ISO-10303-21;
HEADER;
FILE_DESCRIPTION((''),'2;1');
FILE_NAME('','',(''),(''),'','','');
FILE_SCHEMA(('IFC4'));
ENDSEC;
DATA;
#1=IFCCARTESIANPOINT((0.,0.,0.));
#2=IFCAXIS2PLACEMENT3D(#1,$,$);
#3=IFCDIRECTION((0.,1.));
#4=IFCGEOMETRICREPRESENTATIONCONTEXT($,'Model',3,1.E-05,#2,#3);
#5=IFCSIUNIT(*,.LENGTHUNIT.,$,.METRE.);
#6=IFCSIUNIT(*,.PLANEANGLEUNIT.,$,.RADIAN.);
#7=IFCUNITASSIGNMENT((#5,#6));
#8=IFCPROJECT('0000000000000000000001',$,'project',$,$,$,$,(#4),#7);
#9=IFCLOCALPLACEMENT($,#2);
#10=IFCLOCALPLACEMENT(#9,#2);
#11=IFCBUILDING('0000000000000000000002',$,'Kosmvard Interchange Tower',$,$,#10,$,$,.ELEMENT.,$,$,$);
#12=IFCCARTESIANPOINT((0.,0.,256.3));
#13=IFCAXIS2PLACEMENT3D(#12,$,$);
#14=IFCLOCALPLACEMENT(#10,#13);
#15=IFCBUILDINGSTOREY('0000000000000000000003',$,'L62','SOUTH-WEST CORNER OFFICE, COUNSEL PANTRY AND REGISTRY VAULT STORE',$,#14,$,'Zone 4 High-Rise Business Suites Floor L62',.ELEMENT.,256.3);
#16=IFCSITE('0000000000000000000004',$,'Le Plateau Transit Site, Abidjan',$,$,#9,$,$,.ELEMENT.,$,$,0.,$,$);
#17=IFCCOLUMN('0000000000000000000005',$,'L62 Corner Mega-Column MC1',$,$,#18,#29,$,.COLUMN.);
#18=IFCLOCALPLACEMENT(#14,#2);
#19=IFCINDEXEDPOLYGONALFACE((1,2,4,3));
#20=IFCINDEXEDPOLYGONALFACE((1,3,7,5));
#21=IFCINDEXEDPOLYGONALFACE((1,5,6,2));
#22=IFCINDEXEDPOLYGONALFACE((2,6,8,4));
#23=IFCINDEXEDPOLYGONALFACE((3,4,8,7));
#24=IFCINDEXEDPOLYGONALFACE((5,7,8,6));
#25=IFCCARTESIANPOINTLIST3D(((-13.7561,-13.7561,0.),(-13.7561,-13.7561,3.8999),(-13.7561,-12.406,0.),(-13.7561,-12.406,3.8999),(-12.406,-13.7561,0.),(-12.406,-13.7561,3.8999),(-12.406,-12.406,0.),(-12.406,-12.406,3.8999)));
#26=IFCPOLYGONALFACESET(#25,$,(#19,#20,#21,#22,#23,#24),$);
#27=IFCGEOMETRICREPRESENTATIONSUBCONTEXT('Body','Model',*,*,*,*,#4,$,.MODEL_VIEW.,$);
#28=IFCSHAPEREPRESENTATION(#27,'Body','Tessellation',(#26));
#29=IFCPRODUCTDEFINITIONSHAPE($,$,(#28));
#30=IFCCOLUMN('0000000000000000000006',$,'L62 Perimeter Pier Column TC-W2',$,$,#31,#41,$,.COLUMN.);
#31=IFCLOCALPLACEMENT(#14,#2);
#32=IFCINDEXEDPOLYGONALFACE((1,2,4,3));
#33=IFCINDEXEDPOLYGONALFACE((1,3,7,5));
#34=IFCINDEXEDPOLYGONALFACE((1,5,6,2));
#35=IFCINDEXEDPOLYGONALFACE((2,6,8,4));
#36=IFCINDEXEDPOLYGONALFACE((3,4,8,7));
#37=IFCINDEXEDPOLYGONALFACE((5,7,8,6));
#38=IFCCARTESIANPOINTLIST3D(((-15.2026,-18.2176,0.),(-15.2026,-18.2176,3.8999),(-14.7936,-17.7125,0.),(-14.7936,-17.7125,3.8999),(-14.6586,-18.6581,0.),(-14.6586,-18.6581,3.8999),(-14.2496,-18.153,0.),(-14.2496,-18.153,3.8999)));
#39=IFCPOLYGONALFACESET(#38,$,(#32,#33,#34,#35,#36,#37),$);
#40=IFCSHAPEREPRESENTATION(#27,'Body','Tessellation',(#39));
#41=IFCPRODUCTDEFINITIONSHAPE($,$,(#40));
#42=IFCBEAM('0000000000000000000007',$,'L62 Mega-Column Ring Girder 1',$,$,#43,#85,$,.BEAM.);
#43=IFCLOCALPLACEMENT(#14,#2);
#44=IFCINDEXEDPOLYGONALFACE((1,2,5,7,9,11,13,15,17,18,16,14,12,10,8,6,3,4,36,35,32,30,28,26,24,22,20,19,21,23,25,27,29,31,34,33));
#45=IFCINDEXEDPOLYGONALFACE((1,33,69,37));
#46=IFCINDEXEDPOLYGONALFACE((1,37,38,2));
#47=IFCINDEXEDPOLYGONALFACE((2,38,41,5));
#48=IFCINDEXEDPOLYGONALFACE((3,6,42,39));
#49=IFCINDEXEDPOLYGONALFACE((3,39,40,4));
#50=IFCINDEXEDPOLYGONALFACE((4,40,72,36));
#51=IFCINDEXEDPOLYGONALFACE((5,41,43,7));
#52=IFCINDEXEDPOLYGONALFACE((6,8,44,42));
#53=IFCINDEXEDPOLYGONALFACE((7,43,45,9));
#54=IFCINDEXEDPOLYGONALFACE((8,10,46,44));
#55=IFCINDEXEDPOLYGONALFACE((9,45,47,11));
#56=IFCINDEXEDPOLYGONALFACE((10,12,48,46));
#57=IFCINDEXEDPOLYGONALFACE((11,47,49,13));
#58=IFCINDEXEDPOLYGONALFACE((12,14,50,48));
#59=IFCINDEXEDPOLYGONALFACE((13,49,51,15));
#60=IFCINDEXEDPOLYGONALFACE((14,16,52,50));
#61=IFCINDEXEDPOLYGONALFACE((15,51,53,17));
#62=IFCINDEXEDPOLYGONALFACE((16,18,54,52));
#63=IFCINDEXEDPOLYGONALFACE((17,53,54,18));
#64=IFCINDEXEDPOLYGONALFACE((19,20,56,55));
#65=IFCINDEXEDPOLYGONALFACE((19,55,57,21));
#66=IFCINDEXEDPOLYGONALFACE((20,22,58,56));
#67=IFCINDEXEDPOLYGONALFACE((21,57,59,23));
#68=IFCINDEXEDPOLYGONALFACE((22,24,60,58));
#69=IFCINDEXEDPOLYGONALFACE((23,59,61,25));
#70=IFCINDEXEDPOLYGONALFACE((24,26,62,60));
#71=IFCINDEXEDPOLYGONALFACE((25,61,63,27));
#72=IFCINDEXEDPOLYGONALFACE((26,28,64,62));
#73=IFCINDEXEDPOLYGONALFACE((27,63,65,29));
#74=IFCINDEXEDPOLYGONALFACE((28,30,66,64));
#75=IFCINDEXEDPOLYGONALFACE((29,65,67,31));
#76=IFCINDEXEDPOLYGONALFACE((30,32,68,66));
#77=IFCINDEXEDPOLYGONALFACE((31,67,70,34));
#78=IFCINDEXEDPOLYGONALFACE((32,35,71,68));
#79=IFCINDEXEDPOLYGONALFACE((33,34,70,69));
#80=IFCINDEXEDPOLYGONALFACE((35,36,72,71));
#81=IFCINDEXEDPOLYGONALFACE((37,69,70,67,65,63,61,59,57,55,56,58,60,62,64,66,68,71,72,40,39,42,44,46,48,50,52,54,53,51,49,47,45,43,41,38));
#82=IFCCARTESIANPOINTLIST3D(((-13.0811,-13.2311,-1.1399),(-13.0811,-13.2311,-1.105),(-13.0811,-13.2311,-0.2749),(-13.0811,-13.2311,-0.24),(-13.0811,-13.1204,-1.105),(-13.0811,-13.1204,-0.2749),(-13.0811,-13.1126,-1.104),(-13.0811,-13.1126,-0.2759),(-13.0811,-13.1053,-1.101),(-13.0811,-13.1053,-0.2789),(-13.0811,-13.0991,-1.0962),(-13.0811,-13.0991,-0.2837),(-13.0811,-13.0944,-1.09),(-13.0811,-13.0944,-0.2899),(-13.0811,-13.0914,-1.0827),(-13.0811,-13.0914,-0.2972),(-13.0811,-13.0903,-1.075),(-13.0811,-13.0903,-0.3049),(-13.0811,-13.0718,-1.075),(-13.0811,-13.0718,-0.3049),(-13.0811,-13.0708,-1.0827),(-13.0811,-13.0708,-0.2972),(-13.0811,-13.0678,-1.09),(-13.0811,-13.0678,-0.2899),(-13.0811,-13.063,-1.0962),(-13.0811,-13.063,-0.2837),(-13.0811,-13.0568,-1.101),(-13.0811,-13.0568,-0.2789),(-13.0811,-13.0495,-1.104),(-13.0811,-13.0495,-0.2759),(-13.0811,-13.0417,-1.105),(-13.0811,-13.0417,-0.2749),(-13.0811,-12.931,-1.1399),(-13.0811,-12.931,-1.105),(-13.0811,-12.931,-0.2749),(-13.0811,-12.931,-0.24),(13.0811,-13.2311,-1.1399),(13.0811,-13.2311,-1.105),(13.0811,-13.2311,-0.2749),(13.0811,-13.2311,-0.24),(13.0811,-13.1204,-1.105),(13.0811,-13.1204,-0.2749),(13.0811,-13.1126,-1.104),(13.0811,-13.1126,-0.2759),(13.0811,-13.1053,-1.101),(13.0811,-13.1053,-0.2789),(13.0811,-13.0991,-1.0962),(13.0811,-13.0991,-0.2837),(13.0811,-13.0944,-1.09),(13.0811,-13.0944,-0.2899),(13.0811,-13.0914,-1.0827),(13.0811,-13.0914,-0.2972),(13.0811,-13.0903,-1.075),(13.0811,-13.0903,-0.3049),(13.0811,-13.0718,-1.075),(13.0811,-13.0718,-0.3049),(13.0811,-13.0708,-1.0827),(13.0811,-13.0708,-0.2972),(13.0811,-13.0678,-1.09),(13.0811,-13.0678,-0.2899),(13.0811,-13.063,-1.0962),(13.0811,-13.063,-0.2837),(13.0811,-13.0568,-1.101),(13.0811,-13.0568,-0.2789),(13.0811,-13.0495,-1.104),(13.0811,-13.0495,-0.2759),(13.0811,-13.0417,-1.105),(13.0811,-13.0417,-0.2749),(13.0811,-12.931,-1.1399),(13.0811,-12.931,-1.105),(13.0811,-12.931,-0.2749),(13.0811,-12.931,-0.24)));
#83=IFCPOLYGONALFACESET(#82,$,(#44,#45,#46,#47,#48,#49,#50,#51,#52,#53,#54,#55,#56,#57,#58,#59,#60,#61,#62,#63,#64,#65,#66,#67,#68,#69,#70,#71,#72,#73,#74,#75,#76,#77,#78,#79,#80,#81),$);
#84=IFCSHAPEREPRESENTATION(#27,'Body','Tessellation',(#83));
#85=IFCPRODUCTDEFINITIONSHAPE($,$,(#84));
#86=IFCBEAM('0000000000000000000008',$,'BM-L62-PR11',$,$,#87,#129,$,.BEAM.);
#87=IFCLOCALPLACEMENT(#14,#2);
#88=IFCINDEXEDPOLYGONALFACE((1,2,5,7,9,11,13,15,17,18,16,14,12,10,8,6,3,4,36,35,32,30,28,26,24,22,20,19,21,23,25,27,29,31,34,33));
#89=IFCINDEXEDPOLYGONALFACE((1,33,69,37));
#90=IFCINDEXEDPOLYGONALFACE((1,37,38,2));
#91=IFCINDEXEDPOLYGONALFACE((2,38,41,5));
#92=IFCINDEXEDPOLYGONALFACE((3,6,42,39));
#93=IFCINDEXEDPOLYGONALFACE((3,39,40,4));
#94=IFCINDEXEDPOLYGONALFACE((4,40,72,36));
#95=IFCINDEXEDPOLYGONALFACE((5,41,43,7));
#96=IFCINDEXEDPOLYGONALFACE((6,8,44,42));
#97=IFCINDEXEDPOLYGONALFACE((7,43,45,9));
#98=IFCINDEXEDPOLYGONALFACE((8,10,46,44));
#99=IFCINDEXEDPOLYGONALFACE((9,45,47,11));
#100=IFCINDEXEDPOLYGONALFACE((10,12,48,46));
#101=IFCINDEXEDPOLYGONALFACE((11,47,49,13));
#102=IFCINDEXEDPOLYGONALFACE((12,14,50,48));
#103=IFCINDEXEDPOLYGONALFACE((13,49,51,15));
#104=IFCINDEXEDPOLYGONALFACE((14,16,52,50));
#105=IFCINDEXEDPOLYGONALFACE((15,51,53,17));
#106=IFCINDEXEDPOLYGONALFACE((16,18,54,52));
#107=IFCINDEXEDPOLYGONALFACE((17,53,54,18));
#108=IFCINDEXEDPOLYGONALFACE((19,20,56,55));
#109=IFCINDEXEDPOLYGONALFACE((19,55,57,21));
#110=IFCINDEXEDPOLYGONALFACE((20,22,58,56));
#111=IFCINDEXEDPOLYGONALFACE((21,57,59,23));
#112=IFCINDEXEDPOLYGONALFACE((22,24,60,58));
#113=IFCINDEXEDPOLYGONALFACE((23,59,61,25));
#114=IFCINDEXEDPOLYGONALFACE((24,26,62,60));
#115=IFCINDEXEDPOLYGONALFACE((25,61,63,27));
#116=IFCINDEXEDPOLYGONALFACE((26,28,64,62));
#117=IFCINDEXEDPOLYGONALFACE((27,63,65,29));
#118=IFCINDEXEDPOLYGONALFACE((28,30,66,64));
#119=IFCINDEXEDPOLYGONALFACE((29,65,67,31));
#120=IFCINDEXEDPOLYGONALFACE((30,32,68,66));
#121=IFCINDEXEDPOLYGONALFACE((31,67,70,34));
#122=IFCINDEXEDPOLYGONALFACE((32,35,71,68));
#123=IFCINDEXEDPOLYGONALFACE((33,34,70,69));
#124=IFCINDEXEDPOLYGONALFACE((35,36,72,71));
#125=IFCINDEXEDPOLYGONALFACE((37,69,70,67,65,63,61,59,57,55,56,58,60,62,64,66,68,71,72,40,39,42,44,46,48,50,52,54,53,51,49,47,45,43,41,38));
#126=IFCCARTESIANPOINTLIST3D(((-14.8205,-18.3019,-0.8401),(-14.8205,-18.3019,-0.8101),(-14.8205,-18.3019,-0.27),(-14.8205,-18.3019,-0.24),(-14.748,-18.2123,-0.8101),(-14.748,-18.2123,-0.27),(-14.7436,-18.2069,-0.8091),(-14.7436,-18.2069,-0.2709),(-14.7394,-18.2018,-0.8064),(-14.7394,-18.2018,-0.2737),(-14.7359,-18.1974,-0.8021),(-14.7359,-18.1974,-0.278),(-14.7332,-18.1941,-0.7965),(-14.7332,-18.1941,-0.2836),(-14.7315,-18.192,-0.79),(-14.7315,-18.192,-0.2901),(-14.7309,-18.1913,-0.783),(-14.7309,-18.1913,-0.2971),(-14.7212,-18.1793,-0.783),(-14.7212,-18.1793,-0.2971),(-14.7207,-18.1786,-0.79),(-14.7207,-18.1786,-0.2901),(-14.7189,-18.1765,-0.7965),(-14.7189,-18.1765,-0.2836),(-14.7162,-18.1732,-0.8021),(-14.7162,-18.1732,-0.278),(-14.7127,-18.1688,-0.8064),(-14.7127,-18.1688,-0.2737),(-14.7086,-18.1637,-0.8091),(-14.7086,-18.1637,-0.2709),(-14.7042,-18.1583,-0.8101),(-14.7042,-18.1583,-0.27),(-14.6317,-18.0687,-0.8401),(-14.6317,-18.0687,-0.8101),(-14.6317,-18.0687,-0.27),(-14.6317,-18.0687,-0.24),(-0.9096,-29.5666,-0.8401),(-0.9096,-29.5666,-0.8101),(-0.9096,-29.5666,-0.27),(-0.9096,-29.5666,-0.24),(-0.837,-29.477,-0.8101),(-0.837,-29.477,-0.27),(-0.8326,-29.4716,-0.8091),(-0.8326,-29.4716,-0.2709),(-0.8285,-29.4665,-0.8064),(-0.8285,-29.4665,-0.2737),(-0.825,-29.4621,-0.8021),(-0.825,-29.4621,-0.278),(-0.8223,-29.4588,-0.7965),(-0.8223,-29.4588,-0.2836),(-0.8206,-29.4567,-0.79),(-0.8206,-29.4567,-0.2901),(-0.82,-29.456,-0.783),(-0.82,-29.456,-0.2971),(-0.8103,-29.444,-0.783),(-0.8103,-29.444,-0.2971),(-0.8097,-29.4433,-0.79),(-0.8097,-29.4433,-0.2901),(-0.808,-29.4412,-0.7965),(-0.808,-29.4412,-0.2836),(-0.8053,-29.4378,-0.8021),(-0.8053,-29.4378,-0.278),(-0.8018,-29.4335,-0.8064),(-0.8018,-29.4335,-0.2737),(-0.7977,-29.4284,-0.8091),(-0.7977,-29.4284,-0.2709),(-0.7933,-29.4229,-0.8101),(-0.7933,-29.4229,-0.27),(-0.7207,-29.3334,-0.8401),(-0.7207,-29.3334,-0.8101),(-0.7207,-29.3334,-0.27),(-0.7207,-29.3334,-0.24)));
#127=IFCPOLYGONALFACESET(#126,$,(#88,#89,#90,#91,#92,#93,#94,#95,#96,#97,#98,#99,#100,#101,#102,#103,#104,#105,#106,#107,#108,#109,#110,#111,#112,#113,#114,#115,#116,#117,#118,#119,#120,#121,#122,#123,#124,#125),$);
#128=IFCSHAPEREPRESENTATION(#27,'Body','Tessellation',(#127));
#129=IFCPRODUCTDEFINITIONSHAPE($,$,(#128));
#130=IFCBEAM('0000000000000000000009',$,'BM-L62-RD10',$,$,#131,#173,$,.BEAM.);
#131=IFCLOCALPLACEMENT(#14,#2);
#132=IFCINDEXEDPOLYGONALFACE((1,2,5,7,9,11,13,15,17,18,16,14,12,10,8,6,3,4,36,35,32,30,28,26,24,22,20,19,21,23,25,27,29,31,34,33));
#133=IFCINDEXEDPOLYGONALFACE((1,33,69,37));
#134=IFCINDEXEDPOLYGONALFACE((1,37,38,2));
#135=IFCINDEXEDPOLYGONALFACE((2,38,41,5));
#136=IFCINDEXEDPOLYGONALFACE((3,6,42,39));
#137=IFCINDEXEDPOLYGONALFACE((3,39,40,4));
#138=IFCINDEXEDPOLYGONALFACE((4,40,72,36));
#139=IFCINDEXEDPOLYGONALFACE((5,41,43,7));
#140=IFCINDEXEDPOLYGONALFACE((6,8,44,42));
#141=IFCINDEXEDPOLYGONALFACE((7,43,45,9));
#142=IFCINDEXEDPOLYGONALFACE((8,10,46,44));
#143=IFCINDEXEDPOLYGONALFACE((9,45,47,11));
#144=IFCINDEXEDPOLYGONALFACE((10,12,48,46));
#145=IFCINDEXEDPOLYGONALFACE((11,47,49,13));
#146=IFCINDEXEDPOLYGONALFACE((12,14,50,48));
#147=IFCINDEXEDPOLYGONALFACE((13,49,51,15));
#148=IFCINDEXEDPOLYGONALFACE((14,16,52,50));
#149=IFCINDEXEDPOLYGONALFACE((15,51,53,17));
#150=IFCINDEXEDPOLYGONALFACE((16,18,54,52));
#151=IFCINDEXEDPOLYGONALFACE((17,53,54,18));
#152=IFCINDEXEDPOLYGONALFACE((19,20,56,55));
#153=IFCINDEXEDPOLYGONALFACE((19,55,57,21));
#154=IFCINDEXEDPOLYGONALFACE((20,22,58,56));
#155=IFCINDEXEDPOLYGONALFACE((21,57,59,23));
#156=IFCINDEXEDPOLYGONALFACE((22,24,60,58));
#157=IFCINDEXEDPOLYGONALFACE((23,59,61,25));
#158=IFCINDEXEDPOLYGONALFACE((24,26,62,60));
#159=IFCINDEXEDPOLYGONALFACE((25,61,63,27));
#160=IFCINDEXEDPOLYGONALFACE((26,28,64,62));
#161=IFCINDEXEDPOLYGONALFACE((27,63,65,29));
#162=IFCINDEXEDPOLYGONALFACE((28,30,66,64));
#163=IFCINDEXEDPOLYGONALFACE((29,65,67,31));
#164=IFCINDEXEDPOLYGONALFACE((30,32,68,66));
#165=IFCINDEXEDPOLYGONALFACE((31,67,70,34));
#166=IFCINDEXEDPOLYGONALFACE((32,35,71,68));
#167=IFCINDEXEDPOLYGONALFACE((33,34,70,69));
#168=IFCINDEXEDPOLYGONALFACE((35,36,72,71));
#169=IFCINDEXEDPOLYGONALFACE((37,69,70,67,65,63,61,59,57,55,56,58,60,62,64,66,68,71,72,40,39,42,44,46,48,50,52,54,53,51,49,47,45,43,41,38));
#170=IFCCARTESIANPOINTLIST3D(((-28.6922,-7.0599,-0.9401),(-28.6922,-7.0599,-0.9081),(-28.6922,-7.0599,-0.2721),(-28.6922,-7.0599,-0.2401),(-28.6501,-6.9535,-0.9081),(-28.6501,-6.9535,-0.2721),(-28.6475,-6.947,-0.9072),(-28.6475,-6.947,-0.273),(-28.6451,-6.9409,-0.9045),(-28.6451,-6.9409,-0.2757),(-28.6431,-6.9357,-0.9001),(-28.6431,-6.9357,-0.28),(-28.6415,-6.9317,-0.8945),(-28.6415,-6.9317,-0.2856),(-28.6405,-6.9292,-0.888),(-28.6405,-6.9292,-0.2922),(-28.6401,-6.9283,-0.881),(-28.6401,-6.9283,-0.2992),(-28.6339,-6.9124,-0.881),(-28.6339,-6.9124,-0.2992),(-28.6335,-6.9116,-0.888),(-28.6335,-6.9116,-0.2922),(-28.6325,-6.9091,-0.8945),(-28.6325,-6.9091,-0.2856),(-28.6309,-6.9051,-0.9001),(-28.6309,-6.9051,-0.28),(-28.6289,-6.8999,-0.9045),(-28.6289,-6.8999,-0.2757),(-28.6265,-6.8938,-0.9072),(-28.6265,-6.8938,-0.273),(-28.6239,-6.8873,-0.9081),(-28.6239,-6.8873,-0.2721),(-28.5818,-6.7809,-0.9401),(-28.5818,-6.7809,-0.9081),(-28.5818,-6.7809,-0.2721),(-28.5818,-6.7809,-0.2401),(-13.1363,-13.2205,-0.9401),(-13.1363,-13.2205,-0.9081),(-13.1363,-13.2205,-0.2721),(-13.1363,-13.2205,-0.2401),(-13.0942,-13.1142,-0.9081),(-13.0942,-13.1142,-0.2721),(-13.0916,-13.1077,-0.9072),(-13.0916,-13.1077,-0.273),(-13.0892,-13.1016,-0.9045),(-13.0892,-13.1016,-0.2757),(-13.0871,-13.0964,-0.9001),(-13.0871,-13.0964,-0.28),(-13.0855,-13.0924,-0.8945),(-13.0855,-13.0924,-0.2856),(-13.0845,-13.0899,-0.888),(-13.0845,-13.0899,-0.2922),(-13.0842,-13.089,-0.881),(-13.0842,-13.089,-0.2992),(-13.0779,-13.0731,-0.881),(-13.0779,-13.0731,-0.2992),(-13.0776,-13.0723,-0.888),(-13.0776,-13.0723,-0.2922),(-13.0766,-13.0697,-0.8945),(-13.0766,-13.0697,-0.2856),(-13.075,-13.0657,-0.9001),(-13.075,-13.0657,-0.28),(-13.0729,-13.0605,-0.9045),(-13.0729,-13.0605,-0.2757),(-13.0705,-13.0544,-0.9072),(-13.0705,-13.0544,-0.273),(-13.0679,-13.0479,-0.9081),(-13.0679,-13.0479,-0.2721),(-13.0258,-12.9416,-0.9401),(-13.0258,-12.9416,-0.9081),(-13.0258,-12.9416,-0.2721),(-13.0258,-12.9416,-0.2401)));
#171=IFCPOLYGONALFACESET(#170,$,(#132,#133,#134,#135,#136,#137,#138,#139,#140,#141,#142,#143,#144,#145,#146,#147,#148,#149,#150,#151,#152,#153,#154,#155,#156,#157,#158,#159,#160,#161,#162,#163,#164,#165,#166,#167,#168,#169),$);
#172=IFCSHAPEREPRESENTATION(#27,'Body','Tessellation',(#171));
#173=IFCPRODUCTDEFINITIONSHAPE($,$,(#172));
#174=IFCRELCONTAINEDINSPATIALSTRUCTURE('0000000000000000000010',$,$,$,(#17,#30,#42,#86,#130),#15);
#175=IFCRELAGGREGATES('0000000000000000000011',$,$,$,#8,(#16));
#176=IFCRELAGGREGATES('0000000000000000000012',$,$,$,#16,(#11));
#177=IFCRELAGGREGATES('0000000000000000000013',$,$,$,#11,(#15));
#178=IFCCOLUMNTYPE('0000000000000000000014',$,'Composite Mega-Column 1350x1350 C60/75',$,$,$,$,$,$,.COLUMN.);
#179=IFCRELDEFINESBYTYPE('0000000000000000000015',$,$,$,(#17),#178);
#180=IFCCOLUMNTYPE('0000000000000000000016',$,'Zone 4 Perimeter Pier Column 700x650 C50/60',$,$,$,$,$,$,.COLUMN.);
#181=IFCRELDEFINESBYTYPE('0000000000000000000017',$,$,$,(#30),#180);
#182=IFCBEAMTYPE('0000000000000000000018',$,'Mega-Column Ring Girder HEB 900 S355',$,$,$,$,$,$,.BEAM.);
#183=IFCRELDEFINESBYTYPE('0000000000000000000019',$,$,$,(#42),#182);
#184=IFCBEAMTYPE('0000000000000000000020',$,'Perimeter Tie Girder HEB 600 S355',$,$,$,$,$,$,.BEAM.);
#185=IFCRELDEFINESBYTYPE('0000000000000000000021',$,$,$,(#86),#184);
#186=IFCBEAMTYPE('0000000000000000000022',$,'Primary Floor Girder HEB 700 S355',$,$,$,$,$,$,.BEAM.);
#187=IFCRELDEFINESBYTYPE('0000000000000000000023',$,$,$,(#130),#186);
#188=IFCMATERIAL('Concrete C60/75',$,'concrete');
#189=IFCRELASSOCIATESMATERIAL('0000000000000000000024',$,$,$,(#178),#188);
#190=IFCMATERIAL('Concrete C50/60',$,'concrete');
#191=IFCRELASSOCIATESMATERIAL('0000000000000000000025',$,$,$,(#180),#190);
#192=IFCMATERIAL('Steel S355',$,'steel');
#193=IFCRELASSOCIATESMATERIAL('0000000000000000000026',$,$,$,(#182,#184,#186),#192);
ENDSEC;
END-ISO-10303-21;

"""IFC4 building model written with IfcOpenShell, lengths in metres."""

from ifc_helpers import new_model, si_unit, direction, frame, origin, origin_2d, place, context, subcontext, project, spatial, rectangle, i_section, extrude, source, transform, mapped, material, material_profile, profile_set, type_object, element, save


model = new_model("IFC4")

# Units and contexts
model_context = context("Model", 3, precision=1e-05, world=origin(), true_north=direction((0.0, 1.0)))
body_context = subcontext(model_context, "Body", "Model", "MODEL_VIEW")
ifc_project = project(units=[si_unit("LENGTHUNIT", "METRE"), si_unit("PLANEANGLEUNIT", "RADIAN")], contexts=[model_context])

# Site, building, storey
site_placement = place(None, origin())
site = spatial("IfcSite", under=ifc_project, at=site_placement, Name="Le Plateau Transit Site, Abidjan", CompositionType="ELEMENT", RefElevation=0.0)
building_placement = place(site_placement, origin())
building = spatial("IfcBuilding", under=site, at=building_placement, Name="Kosmvard Interchange Tower", CompositionType="ELEMENT")
storey_placement = place(building_placement, frame((0.0, 0.0, 256.3)))
storey = spatial("IfcBuildingStorey", under=building, at=storey_placement, Name="L62", Description="SOUTH-WEST CORNER OFFICE, COUNSEL PANTRY AND REGISTRY VAULT STORE", LongName="Zone 4 High-Rise Business Suites Floor L62", CompositionType="ELEMENT", Elevation=256.3)

# Columns
ifc_material_1 = material(Name="Concrete C60/75", Category="concrete")
ifc_material_profile_1 = material_profile(ifc_material_1, rectangle(XDim=1.3501, YDim=1.3501, at=origin_2d()), Name="MC 1350x1350")
ifc_profile_set_1 = profile_set([ifc_material_profile_1], Name="Concrete C60/75")
column_type_1 = type_object("IfcColumnType", Name="Composite Mega-Column 1350x1350 C60/75", PredefinedType="COLUMN", material=ifc_profile_set_1)
shared_shape_1 = source(origin(), body_context, "Body", "SweptSolid", [
    extrude(rectangle(XDim=1.3501, YDim=1.3501, at=origin_2d()), origin(), (0.0, 0.0, 1.0), 3.8999),
])
column_1_placement = place(storey_placement, frame((-13.0811, -13.0811, 0.0), z_axis=(0.0, 0.0, 1.0), x_axis=(1.0, 0.0, 0.0)))
element("IfcColumn", 1, at=column_1_placement, inside=storey, type_object=column_type_1, Name="L62 Corner Mega-Column MC1", PredefinedType="COLUMN", context=body_context, shape_type="MappedRepresentation", body=[
    mapped(shared_shape_1, transform((0.0, 0.0, 0.0), scale=1.0)),
])
ifc_material_2 = material(Name="Concrete C50/60", Category="concrete")
ifc_material_profile_2 = material_profile(ifc_material_2, rectangle(XDim=0.6499, YDim=0.7, at=origin_2d()), Name="TC 700x650")
ifc_profile_set_2 = profile_set([ifc_material_profile_2], Name="Concrete C50/60")
column_type_2 = type_object("IfcColumnType", Name="Zone 4 Perimeter Pier Column 700x650 C50/60", PredefinedType="COLUMN", material=ifc_profile_set_2)
shared_shape_2 = source(origin(), body_context, "Body", "SweptSolid", [
    extrude(rectangle(XDim=0.6499, YDim=0.7, at=origin_2d()), origin(), (0.0, 0.0, 1.0), 3.8999),
])
column_2_placement = place(storey_placement, frame((-14.7261, -18.1853, 0.0), z_axis=(0.0, 0.0, 1.0), x_axis=(0.62932, 0.777146, 0.0)))
element("IfcColumn", 2, at=column_2_placement, inside=storey, type_object=column_type_2, Name="L62 Perimeter Pier Column TC-W2", PredefinedType="COLUMN", context=body_context, shape_type="MappedRepresentation", body=[
    mapped(shared_shape_2, transform((0.0, 0.0, 0.0), scale=1.0)),
])

# Beams
ifc_material_3 = material(Name="Steel S355", Category="steel")
ifc_material_profile_3 = material_profile(ifc_material_3, i_section(OverallWidth=0.3, OverallDepth=0.8999, WebThickness=0.0186, FlangeThickness=0.0349, FilletRadius=0.03, at=origin_2d()), Name="HEB 900")
ifc_profile_set_3 = profile_set([ifc_material_profile_3], Name="Steel S355")
beam_type_1 = type_object("IfcBeamType", Name="Mega-Column Ring Girder HEB 900 S355", PredefinedType="BEAM", material=ifc_profile_set_3)
shared_shape_3 = source(origin(), body_context, "Body", "SweptSolid", [
    extrude(i_section(OverallWidth=0.3, OverallDepth=0.8999, WebThickness=0.0186, FlangeThickness=0.0349, FilletRadius=0.03, at=origin_2d()), origin(), (0.0, 0.0, 1.0), 26.1621),
])
beam_1_placement = place(storey_placement, frame((-13.0811, -13.0811, -0.6899), z_axis=(1.0, 0.0, 0.0), x_axis=(0.0, 1.0, 0.0)))
element("IfcBeam", 3, at=beam_1_placement, inside=storey, type_object=beam_type_1, Name="L62 Mega-Column Ring Girder 1", PredefinedType="BEAM", context=body_context, shape_type="MappedRepresentation", body=[
    mapped(shared_shape_3, transform((0.0, 0.0, 0.0), scale=1.0)),
])
ifc_material_profile_4 = material_profile(ifc_material_3, i_section(OverallWidth=0.3, OverallDepth=0.6001, WebThickness=0.0154, FlangeThickness=0.03, FilletRadius=0.0271, at=origin_2d()), Name="HEB 600")
ifc_profile_set_4 = profile_set([ifc_material_profile_4], Name="Steel S355")
beam_type_2 = type_object("IfcBeamType", Name="Perimeter Tie Girder HEB 600 S355", PredefinedType="BEAM", material=ifc_profile_set_4)
shared_shape_4 = source(origin(), body_context, "Body", "SweptSolid", [
    extrude(i_section(OverallWidth=0.3, OverallDepth=0.6001, WebThickness=0.0154, FlangeThickness=0.03, FilletRadius=0.0271, at=origin_2d()), origin(), (0.0, 0.0, 1.0), 17.8999),
])
beam_2_placement = place(storey_placement, frame((-14.7261, -18.1853, -0.54), z_axis=(0.777151, -0.629315, 0.0), x_axis=(0.629315, 0.777151, 0.0)))
element("IfcBeam", 4, at=beam_2_placement, inside=storey, type_object=beam_type_2, Name="BM-L62-PR11", PredefinedType="BEAM", context=body_context, shape_type="MappedRepresentation", body=[
    mapped(shared_shape_4, transform((0.0, 0.0, 0.0), scale=1.0)),
])
ifc_material_profile_5 = material_profile(ifc_material_3, i_section(OverallWidth=0.3, OverallDepth=0.7, WebThickness=0.0171, FlangeThickness=0.032, FilletRadius=0.0271, at=origin_2d()), Name="HEB 700")
ifc_profile_set_5 = profile_set([ifc_material_profile_5], Name="Steel S355")
beam_type_3 = type_object("IfcBeamType", Name="Primary Floor Girder HEB 700 S355", PredefinedType="BEAM", material=ifc_profile_set_5)
shared_shape_5 = source(origin(), body_context, "Body", "SweptSolid", [
    extrude(i_section(OverallWidth=0.3, OverallDepth=0.7, WebThickness=0.0171, FlangeThickness=0.032, FilletRadius=0.0271, at=origin_2d()), origin(), (0.0, 0.0, 1.0), 16.7314),
])
beam_3_placement = place(storey_placement, frame((-13.0811, -13.0811, -0.5901), z_axis=(-0.929743, 0.368209, 0.0), x_axis=(-0.368209, -0.929743, 0.0)))
element("IfcBeam", 5, at=beam_3_placement, inside=storey, type_object=beam_type_3, Name="BM-L62-RD10", PredefinedType="BEAM", context=body_context, shape_type="MappedRepresentation", body=[
    mapped(shared_shape_5, transform((0.0, 0.0, 0.0), scale=1.0)),
])

save(model, "model.ifc")
